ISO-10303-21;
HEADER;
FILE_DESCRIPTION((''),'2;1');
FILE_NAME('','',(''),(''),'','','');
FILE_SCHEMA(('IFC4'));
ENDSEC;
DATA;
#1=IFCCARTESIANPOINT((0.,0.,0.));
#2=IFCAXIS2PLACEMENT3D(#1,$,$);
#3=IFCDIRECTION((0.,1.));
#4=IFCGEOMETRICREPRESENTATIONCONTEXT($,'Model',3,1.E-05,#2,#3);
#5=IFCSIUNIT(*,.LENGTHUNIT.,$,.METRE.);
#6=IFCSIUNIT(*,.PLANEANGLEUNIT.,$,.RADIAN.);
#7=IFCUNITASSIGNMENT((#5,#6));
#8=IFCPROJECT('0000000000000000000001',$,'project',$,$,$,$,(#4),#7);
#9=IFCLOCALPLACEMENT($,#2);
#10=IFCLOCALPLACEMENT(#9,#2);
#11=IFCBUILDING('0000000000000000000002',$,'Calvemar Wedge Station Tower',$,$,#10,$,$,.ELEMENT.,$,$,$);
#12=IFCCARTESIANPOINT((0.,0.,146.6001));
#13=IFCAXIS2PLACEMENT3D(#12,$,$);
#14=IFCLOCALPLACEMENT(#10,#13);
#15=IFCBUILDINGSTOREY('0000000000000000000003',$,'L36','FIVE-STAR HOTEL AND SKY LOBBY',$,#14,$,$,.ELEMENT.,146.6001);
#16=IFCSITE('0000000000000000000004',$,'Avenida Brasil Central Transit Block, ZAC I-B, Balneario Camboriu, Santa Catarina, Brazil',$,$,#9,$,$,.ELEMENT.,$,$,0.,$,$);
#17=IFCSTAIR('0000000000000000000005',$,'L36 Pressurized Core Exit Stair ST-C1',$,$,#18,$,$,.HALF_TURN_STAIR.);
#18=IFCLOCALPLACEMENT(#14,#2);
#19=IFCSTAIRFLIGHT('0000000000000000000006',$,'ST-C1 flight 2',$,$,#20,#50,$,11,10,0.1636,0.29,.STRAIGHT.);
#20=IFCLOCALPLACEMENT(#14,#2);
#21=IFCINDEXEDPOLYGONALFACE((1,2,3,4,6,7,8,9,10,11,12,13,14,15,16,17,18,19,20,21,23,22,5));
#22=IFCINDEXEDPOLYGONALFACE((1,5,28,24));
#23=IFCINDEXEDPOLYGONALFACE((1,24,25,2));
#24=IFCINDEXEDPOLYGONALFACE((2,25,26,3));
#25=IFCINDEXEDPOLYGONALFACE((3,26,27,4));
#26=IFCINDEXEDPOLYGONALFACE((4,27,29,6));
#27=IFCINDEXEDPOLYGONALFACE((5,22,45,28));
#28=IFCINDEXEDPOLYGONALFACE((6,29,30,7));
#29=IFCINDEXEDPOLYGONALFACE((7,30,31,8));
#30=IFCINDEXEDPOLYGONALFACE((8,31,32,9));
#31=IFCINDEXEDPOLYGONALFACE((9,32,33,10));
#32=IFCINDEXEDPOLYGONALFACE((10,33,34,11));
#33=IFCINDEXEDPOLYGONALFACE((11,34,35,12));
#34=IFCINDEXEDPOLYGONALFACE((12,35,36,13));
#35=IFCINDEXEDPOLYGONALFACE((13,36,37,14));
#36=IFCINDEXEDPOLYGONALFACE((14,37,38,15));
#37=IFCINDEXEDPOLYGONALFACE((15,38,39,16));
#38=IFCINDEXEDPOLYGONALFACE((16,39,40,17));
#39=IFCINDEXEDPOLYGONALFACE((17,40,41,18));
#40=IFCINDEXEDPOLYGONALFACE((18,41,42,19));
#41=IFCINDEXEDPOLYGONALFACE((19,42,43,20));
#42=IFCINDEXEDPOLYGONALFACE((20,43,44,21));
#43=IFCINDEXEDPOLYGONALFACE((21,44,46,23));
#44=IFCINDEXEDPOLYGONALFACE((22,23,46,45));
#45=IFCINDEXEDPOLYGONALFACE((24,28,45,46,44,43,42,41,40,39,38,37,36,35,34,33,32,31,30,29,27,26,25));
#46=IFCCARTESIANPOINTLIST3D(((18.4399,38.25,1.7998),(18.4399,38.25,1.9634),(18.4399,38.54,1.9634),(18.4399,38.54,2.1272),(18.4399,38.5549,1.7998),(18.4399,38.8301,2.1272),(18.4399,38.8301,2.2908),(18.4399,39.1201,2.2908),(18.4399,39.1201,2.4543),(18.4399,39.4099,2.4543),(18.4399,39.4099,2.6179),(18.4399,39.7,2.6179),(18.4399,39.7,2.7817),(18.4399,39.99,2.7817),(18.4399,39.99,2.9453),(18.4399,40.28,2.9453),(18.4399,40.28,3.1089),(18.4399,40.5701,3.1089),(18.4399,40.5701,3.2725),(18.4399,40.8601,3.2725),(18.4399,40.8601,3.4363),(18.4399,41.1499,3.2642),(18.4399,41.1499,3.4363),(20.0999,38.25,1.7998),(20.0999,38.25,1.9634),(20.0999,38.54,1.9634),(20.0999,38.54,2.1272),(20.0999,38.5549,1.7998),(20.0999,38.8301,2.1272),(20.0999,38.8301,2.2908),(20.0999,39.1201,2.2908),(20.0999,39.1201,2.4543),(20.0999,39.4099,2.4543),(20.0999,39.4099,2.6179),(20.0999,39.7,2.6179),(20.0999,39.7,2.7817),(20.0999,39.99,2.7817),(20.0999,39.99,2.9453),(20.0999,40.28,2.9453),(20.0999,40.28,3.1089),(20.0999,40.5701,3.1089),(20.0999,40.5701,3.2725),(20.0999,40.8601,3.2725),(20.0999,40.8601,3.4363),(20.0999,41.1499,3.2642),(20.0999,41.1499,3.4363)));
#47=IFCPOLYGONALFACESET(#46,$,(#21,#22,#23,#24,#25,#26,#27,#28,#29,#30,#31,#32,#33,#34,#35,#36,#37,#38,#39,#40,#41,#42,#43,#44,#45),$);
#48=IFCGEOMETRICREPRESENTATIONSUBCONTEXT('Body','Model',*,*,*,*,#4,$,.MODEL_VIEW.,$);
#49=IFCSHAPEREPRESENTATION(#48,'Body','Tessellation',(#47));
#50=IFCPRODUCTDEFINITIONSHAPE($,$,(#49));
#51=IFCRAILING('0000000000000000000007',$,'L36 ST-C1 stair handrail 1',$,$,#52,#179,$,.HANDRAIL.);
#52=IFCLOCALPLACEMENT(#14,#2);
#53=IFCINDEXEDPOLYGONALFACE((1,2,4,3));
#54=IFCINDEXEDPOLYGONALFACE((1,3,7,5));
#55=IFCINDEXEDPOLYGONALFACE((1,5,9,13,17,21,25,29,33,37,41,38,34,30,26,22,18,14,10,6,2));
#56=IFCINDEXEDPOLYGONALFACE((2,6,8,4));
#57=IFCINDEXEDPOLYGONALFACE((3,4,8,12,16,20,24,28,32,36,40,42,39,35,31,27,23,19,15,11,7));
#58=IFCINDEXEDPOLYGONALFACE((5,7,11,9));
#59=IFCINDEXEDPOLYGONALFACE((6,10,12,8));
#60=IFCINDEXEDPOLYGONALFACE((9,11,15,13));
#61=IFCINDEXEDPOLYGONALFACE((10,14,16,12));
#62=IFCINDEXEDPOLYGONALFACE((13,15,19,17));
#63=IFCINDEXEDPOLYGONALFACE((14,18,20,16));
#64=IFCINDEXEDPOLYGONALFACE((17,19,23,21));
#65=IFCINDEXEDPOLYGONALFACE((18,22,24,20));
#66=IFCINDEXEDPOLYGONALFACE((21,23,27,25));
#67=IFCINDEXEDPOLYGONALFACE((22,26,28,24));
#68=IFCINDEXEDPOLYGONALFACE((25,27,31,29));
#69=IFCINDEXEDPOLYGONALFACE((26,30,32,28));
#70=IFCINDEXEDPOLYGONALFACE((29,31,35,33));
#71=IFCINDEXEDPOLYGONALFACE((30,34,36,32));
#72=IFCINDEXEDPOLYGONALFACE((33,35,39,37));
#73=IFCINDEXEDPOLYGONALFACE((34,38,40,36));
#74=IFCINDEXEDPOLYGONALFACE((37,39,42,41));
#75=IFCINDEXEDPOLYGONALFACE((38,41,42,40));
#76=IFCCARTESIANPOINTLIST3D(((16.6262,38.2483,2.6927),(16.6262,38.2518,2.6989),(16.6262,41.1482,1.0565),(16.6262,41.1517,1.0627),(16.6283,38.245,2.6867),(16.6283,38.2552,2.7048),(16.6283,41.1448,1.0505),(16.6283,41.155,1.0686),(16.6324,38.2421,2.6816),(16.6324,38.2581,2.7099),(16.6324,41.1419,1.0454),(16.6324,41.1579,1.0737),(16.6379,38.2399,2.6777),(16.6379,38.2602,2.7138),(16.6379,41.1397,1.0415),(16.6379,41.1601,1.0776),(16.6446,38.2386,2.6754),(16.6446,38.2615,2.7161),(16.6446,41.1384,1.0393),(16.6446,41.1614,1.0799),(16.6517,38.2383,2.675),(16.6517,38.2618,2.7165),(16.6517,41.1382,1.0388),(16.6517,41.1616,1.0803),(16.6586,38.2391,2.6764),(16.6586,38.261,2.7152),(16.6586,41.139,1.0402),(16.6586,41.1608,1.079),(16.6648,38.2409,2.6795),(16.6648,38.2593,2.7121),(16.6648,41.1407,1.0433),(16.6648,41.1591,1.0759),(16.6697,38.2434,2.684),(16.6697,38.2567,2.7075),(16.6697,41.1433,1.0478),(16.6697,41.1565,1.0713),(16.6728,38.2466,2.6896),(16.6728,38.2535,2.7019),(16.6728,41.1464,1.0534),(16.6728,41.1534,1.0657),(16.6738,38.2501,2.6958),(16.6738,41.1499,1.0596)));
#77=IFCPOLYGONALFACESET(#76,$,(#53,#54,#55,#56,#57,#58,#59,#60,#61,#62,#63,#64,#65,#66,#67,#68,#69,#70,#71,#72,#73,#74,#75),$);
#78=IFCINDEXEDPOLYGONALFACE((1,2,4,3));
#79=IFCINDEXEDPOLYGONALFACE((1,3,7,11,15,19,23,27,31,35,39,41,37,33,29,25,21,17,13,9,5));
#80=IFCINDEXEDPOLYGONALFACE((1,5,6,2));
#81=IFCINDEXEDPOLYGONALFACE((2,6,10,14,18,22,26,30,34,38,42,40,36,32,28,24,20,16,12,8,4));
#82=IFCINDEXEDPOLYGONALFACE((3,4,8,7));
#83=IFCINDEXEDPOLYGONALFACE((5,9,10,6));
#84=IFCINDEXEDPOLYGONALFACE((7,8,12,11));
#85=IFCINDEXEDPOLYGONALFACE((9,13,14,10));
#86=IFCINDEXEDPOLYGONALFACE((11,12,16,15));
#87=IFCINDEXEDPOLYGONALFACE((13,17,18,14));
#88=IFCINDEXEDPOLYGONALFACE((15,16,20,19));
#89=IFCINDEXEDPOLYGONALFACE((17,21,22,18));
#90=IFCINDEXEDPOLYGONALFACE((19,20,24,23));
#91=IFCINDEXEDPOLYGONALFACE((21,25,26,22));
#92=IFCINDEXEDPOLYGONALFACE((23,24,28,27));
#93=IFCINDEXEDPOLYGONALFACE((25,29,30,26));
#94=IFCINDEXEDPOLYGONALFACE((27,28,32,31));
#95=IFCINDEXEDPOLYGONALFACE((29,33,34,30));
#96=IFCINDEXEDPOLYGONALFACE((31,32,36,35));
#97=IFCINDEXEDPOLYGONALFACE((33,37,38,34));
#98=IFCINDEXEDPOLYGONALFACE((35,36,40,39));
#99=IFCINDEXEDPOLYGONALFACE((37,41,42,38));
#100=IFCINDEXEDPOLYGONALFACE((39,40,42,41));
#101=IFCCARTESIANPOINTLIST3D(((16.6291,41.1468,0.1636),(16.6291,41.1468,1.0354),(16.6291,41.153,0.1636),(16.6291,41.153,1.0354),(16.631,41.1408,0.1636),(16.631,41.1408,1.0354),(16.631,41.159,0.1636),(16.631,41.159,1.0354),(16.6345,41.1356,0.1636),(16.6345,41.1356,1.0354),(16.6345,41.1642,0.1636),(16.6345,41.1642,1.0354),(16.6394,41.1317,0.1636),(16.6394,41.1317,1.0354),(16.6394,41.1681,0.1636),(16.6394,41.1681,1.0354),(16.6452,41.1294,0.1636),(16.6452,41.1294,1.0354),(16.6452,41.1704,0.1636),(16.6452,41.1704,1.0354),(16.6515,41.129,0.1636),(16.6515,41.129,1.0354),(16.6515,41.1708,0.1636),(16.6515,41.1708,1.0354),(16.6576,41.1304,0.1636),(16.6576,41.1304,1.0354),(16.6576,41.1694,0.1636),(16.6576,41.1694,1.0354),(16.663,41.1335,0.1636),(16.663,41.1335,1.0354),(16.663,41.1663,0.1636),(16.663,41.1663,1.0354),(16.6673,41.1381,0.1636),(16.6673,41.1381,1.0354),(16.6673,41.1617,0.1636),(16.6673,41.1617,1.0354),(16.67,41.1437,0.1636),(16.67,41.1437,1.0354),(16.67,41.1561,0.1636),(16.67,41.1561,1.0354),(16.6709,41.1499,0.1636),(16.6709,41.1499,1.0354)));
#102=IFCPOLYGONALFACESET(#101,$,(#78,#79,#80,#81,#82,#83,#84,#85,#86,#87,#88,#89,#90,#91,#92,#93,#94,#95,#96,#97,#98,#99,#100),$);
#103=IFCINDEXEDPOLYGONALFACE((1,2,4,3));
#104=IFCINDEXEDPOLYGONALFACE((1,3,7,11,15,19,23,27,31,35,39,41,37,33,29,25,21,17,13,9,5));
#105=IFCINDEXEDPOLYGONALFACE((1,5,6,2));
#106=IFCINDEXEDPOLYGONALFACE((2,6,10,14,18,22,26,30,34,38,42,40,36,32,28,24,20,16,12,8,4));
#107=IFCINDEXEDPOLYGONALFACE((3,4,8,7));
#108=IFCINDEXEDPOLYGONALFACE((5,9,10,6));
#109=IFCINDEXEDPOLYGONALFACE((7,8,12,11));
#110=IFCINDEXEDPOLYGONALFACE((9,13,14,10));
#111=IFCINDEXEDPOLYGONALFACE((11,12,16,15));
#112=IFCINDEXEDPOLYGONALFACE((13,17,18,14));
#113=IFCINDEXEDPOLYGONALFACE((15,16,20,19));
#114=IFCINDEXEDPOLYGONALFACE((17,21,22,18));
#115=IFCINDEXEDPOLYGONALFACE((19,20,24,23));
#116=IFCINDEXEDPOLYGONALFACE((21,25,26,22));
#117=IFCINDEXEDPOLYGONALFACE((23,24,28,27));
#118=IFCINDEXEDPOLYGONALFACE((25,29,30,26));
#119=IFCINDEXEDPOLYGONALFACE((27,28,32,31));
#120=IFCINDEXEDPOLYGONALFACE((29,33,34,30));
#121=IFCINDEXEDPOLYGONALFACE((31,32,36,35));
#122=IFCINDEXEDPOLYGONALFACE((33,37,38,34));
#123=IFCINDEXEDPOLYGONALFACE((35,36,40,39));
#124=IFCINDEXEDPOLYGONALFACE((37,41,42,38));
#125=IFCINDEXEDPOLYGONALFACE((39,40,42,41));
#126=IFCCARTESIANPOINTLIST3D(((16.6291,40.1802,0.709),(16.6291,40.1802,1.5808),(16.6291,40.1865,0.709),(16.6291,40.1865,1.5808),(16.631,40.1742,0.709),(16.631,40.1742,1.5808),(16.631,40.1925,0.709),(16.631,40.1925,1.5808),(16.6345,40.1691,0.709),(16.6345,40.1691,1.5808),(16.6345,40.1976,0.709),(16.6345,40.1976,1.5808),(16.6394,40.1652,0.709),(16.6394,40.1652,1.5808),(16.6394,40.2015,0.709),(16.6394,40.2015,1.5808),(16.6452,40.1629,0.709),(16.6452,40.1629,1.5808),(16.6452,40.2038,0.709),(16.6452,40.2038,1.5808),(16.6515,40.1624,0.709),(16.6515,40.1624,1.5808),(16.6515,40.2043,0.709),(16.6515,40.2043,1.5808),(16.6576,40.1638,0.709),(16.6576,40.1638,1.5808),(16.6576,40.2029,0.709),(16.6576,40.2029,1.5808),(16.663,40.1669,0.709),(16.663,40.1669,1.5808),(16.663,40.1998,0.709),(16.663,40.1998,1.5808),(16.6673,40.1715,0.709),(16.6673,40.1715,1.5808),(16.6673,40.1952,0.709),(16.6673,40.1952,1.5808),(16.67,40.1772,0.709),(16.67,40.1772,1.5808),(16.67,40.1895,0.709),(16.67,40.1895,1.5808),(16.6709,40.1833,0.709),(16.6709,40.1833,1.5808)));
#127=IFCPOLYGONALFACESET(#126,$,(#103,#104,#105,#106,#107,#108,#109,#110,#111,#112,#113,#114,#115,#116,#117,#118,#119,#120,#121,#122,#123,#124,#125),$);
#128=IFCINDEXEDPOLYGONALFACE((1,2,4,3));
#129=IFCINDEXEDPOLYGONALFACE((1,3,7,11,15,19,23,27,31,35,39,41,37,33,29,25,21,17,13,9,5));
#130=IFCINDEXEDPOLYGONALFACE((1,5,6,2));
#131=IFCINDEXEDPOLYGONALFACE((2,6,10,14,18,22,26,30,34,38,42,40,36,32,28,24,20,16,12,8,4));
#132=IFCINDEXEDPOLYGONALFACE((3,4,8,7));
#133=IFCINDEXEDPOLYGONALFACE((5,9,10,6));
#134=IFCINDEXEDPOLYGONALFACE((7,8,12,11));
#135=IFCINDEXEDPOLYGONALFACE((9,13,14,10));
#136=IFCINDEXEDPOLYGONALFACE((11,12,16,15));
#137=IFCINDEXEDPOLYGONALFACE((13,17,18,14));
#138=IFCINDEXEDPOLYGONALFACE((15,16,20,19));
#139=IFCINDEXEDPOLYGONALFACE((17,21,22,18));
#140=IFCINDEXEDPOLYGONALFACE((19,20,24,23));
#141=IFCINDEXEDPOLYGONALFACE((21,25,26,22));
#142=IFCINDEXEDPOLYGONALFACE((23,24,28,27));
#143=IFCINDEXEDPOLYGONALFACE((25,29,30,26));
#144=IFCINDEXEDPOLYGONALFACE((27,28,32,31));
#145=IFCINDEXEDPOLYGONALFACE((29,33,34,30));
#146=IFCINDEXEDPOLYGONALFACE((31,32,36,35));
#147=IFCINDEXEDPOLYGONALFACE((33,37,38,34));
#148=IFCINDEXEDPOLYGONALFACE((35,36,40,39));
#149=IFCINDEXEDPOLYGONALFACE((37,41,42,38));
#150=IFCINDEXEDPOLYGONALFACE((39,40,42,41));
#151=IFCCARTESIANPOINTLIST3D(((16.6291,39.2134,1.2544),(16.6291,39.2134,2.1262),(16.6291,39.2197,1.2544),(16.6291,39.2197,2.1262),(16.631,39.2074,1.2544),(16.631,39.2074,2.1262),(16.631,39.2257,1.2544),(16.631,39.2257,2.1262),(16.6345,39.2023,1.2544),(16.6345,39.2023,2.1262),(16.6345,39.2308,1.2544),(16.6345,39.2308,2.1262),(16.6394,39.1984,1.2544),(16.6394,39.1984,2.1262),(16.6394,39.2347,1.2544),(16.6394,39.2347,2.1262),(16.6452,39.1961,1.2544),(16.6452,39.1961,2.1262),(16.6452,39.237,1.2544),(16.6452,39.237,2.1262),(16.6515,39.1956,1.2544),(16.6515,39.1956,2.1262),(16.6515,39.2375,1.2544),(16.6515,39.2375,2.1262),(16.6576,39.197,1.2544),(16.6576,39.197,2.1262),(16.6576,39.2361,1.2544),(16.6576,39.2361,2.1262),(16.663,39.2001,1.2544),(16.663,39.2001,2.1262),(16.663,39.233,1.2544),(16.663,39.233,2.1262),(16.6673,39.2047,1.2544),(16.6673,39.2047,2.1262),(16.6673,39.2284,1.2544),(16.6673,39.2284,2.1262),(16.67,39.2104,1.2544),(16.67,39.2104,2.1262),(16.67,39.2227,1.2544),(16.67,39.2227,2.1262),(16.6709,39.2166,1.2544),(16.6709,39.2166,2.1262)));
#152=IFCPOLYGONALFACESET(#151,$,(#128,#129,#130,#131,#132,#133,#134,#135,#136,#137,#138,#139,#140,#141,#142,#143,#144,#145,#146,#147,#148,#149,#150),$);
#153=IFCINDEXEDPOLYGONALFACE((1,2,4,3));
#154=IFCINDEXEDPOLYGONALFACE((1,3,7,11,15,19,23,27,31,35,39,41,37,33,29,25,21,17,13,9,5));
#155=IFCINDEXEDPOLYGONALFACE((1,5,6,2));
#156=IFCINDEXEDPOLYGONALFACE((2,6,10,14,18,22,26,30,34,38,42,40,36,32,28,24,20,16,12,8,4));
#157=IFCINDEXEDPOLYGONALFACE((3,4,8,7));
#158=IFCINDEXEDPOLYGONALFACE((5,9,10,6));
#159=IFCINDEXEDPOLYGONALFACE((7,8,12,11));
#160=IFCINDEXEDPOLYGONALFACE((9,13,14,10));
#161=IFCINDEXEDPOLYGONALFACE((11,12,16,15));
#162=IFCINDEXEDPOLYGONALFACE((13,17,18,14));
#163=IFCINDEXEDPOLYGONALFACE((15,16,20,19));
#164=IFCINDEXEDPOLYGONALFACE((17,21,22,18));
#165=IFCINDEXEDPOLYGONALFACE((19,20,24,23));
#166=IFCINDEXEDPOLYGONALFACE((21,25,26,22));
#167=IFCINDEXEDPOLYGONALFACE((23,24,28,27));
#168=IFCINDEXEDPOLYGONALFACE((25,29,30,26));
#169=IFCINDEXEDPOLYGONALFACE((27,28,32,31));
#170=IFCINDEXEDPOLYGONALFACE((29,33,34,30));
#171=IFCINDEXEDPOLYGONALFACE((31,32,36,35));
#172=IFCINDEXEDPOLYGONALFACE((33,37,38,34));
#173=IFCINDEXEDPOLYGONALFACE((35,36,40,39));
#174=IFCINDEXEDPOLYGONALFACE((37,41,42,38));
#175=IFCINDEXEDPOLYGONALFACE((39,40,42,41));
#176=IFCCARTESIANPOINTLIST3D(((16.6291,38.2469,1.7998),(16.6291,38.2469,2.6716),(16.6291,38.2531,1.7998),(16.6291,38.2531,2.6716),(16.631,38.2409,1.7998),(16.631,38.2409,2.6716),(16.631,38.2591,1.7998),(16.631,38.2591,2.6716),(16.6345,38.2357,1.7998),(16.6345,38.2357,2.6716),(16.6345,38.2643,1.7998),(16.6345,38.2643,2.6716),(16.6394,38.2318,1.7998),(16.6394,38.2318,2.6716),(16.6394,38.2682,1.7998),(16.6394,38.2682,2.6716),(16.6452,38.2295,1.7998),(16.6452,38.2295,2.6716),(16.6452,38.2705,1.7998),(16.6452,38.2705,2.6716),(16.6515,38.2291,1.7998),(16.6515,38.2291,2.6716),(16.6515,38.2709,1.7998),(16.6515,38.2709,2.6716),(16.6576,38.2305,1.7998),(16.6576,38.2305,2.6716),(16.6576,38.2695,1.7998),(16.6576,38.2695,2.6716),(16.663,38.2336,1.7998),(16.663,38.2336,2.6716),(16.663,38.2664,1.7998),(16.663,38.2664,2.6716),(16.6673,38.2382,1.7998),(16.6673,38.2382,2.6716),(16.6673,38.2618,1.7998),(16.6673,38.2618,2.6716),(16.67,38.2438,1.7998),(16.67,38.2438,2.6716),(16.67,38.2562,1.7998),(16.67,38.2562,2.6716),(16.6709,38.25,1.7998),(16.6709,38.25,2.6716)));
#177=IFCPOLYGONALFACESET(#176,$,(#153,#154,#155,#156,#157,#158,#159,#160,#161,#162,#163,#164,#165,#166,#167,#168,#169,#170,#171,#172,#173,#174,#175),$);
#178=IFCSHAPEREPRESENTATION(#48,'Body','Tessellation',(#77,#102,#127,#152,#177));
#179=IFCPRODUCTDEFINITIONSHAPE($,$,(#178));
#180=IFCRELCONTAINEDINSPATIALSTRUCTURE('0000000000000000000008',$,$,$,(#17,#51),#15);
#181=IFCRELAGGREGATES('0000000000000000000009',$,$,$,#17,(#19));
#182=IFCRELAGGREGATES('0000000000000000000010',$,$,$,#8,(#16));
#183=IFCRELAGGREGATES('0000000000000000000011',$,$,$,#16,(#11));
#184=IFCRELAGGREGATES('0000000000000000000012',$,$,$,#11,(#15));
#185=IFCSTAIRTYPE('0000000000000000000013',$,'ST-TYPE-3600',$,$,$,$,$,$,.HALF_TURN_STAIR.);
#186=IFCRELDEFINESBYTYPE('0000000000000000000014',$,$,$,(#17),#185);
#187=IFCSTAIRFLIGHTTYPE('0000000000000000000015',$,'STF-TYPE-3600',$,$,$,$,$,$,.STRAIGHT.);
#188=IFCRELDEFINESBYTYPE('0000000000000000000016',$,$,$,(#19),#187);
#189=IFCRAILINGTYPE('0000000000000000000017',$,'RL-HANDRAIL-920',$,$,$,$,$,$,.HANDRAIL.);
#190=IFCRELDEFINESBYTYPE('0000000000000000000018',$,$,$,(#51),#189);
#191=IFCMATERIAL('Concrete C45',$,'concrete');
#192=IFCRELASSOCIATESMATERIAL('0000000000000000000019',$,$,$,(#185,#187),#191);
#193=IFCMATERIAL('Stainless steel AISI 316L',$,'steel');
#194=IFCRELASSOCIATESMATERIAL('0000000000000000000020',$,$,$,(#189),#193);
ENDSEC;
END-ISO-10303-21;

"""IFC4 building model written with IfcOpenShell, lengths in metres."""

from ifc_helpers import new_model, si_unit, direction, frame, origin, origin_2d, place, context, subcontext, project, spatial, polyline, circle, outline, extrude, material, type_object, element, aggregate, save


model = new_model("IFC4")

# Units and contexts
model_context = context("Model", 3, precision=1e-05, world=origin(), true_north=direction((0.0, 1.0)))
body_context = subcontext(model_context, "Body", "Model", "MODEL_VIEW")
ifc_project = project(units=[si_unit("LENGTHUNIT", "METRE"), si_unit("PLANEANGLEUNIT", "RADIAN")], contexts=[model_context])

# Site, building, storey
site_placement = place(None, origin())
site = spatial("IfcSite", under=ifc_project, at=site_placement, Name="Avenida Brasil Central Transit Block, ZAC I-B, Balneario Camboriu, Santa Catarina, Brazil", CompositionType="ELEMENT", RefElevation=0.0)
building_placement = place(site_placement, origin())
building = spatial("IfcBuilding", under=site, at=building_placement, Name="Calvemar Wedge Station Tower", CompositionType="ELEMENT")
storey_placement = place(building_placement, frame((0.0, 0.0, 146.6001)))
storey = spatial("IfcBuildingStorey", under=building, at=storey_placement, Name="L36", Description="FIVE-STAR HOTEL AND SKY LOBBY", CompositionType="ELEMENT", Elevation=146.6001)

# Stair, stair flight
ifc_material_1 = material(Name="Concrete C45", Category="concrete")
stair_type = type_object("IfcStairType", Name="ST-TYPE-3600", PredefinedType="HALF_TURN_STAIR", material=ifc_material_1)
stair_placement = place(storey_placement, origin())
stair = element("IfcStair", 1, at=stair_placement, inside=storey, type_object=stair_type, Name="L36 Pressurized Core Exit Stair ST-C1", PredefinedType="HALF_TURN_STAIR")
stair_flight_type = type_object("IfcStairFlightType", Name="STF-TYPE-3600", PredefinedType="STRAIGHT", material=ifc_material_1)
stair_flight_1_placement = place(storey_placement, frame((19.27, 38.25, 1.7998), z_axis=(0.0, 0.0, 1.0), x_axis=(0.0, 1.0, 0.0)))
stair_flight_1 = element("IfcStairFlight", 2, at=stair_flight_1_placement, type_object=stair_flight_type, Name="ST-C1 flight 2", NumberOfRisers=11, NumberOfTreads=10, PredefinedType="STRAIGHT", RiserHeight=0.1636, TreadLength=0.29, context=body_context, shape_type="SweptSolid", body=[
    extrude(outline(polyline([(0.0, 0.0), (0.0, 0.1636), (0.29, 0.1636), (0.29, 0.3274), (0.5801, 0.3274), (0.5801, 0.491), (0.8701, 0.491), (0.8701, 0.6545), (1.1599, 0.6545), (1.1599, 0.8181), (1.45, 0.8181), (1.45, 0.9819), (1.74, 0.9819), (1.74, 1.1455), (2.03, 1.1455), (2.03, 1.3091), (2.3201, 1.3091), (2.3201, 1.4727), (2.6101, 1.4727), (2.6101, 1.6365), (2.8999, 1.6365), (2.8999, 1.8), (2.8999, 1.4644), (0.3049, 0.0), (0.0, 0.0)])), frame((0.0, 0.8301, 0.0), z_axis=(0.0, -1.0, 0.0), x_axis=(1.0, 0.0, 0.0)), (0.0, 0.0, 1.0), 1.6599),
])
aggregate(stair, [stair_flight_1])

# Railing
ifc_material_2 = material(Name="Stainless steel AISI 316L", Category="steel")
railing_type_1 = type_object("IfcRailingType", Name="RL-HANDRAIL-920", PredefinedType="HANDRAIL", material=ifc_material_2)
railing_1_placement = place(storey_placement, frame((16.6499, 41.1499, 0.1636)))
element("IfcRailing", 3, at=railing_1_placement, inside=storey, type_object=railing_type_1, Name="L36 ST-C1 stair handrail 1", PredefinedType="HANDRAIL", context=body_context, shape_type="SweptSolid", body=[
    extrude(circle(Radius=0.0239, at=origin_2d()), frame((0.0, 0.0, 0.896), z_axis=(0.0, -0.870929, 0.49141), x_axis=(1.0, 0.0, 0.0)), (0.0, 0.0, 1.0), 3.3296),
    extrude(circle(Radius=0.021, at=origin_2d()), origin(), (0.0, 0.0, 1.0), 0.8718),
    extrude(circle(Radius=0.021, at=origin_2d()), frame((0.0, -0.9666, 0.5454)), (0.0, 0.0, 1.0), 0.8718),
    extrude(circle(Radius=0.021, at=origin_2d()), frame((0.0, -1.9333, 1.0908)), (0.0, 0.0, 1.0), 0.8718),
    extrude(circle(Radius=0.021, at=origin_2d()), frame((0.0, -2.8999, 1.6362)), (0.0, 0.0, 1.0), 0.8718),
])

save(model, "model.ifc")
